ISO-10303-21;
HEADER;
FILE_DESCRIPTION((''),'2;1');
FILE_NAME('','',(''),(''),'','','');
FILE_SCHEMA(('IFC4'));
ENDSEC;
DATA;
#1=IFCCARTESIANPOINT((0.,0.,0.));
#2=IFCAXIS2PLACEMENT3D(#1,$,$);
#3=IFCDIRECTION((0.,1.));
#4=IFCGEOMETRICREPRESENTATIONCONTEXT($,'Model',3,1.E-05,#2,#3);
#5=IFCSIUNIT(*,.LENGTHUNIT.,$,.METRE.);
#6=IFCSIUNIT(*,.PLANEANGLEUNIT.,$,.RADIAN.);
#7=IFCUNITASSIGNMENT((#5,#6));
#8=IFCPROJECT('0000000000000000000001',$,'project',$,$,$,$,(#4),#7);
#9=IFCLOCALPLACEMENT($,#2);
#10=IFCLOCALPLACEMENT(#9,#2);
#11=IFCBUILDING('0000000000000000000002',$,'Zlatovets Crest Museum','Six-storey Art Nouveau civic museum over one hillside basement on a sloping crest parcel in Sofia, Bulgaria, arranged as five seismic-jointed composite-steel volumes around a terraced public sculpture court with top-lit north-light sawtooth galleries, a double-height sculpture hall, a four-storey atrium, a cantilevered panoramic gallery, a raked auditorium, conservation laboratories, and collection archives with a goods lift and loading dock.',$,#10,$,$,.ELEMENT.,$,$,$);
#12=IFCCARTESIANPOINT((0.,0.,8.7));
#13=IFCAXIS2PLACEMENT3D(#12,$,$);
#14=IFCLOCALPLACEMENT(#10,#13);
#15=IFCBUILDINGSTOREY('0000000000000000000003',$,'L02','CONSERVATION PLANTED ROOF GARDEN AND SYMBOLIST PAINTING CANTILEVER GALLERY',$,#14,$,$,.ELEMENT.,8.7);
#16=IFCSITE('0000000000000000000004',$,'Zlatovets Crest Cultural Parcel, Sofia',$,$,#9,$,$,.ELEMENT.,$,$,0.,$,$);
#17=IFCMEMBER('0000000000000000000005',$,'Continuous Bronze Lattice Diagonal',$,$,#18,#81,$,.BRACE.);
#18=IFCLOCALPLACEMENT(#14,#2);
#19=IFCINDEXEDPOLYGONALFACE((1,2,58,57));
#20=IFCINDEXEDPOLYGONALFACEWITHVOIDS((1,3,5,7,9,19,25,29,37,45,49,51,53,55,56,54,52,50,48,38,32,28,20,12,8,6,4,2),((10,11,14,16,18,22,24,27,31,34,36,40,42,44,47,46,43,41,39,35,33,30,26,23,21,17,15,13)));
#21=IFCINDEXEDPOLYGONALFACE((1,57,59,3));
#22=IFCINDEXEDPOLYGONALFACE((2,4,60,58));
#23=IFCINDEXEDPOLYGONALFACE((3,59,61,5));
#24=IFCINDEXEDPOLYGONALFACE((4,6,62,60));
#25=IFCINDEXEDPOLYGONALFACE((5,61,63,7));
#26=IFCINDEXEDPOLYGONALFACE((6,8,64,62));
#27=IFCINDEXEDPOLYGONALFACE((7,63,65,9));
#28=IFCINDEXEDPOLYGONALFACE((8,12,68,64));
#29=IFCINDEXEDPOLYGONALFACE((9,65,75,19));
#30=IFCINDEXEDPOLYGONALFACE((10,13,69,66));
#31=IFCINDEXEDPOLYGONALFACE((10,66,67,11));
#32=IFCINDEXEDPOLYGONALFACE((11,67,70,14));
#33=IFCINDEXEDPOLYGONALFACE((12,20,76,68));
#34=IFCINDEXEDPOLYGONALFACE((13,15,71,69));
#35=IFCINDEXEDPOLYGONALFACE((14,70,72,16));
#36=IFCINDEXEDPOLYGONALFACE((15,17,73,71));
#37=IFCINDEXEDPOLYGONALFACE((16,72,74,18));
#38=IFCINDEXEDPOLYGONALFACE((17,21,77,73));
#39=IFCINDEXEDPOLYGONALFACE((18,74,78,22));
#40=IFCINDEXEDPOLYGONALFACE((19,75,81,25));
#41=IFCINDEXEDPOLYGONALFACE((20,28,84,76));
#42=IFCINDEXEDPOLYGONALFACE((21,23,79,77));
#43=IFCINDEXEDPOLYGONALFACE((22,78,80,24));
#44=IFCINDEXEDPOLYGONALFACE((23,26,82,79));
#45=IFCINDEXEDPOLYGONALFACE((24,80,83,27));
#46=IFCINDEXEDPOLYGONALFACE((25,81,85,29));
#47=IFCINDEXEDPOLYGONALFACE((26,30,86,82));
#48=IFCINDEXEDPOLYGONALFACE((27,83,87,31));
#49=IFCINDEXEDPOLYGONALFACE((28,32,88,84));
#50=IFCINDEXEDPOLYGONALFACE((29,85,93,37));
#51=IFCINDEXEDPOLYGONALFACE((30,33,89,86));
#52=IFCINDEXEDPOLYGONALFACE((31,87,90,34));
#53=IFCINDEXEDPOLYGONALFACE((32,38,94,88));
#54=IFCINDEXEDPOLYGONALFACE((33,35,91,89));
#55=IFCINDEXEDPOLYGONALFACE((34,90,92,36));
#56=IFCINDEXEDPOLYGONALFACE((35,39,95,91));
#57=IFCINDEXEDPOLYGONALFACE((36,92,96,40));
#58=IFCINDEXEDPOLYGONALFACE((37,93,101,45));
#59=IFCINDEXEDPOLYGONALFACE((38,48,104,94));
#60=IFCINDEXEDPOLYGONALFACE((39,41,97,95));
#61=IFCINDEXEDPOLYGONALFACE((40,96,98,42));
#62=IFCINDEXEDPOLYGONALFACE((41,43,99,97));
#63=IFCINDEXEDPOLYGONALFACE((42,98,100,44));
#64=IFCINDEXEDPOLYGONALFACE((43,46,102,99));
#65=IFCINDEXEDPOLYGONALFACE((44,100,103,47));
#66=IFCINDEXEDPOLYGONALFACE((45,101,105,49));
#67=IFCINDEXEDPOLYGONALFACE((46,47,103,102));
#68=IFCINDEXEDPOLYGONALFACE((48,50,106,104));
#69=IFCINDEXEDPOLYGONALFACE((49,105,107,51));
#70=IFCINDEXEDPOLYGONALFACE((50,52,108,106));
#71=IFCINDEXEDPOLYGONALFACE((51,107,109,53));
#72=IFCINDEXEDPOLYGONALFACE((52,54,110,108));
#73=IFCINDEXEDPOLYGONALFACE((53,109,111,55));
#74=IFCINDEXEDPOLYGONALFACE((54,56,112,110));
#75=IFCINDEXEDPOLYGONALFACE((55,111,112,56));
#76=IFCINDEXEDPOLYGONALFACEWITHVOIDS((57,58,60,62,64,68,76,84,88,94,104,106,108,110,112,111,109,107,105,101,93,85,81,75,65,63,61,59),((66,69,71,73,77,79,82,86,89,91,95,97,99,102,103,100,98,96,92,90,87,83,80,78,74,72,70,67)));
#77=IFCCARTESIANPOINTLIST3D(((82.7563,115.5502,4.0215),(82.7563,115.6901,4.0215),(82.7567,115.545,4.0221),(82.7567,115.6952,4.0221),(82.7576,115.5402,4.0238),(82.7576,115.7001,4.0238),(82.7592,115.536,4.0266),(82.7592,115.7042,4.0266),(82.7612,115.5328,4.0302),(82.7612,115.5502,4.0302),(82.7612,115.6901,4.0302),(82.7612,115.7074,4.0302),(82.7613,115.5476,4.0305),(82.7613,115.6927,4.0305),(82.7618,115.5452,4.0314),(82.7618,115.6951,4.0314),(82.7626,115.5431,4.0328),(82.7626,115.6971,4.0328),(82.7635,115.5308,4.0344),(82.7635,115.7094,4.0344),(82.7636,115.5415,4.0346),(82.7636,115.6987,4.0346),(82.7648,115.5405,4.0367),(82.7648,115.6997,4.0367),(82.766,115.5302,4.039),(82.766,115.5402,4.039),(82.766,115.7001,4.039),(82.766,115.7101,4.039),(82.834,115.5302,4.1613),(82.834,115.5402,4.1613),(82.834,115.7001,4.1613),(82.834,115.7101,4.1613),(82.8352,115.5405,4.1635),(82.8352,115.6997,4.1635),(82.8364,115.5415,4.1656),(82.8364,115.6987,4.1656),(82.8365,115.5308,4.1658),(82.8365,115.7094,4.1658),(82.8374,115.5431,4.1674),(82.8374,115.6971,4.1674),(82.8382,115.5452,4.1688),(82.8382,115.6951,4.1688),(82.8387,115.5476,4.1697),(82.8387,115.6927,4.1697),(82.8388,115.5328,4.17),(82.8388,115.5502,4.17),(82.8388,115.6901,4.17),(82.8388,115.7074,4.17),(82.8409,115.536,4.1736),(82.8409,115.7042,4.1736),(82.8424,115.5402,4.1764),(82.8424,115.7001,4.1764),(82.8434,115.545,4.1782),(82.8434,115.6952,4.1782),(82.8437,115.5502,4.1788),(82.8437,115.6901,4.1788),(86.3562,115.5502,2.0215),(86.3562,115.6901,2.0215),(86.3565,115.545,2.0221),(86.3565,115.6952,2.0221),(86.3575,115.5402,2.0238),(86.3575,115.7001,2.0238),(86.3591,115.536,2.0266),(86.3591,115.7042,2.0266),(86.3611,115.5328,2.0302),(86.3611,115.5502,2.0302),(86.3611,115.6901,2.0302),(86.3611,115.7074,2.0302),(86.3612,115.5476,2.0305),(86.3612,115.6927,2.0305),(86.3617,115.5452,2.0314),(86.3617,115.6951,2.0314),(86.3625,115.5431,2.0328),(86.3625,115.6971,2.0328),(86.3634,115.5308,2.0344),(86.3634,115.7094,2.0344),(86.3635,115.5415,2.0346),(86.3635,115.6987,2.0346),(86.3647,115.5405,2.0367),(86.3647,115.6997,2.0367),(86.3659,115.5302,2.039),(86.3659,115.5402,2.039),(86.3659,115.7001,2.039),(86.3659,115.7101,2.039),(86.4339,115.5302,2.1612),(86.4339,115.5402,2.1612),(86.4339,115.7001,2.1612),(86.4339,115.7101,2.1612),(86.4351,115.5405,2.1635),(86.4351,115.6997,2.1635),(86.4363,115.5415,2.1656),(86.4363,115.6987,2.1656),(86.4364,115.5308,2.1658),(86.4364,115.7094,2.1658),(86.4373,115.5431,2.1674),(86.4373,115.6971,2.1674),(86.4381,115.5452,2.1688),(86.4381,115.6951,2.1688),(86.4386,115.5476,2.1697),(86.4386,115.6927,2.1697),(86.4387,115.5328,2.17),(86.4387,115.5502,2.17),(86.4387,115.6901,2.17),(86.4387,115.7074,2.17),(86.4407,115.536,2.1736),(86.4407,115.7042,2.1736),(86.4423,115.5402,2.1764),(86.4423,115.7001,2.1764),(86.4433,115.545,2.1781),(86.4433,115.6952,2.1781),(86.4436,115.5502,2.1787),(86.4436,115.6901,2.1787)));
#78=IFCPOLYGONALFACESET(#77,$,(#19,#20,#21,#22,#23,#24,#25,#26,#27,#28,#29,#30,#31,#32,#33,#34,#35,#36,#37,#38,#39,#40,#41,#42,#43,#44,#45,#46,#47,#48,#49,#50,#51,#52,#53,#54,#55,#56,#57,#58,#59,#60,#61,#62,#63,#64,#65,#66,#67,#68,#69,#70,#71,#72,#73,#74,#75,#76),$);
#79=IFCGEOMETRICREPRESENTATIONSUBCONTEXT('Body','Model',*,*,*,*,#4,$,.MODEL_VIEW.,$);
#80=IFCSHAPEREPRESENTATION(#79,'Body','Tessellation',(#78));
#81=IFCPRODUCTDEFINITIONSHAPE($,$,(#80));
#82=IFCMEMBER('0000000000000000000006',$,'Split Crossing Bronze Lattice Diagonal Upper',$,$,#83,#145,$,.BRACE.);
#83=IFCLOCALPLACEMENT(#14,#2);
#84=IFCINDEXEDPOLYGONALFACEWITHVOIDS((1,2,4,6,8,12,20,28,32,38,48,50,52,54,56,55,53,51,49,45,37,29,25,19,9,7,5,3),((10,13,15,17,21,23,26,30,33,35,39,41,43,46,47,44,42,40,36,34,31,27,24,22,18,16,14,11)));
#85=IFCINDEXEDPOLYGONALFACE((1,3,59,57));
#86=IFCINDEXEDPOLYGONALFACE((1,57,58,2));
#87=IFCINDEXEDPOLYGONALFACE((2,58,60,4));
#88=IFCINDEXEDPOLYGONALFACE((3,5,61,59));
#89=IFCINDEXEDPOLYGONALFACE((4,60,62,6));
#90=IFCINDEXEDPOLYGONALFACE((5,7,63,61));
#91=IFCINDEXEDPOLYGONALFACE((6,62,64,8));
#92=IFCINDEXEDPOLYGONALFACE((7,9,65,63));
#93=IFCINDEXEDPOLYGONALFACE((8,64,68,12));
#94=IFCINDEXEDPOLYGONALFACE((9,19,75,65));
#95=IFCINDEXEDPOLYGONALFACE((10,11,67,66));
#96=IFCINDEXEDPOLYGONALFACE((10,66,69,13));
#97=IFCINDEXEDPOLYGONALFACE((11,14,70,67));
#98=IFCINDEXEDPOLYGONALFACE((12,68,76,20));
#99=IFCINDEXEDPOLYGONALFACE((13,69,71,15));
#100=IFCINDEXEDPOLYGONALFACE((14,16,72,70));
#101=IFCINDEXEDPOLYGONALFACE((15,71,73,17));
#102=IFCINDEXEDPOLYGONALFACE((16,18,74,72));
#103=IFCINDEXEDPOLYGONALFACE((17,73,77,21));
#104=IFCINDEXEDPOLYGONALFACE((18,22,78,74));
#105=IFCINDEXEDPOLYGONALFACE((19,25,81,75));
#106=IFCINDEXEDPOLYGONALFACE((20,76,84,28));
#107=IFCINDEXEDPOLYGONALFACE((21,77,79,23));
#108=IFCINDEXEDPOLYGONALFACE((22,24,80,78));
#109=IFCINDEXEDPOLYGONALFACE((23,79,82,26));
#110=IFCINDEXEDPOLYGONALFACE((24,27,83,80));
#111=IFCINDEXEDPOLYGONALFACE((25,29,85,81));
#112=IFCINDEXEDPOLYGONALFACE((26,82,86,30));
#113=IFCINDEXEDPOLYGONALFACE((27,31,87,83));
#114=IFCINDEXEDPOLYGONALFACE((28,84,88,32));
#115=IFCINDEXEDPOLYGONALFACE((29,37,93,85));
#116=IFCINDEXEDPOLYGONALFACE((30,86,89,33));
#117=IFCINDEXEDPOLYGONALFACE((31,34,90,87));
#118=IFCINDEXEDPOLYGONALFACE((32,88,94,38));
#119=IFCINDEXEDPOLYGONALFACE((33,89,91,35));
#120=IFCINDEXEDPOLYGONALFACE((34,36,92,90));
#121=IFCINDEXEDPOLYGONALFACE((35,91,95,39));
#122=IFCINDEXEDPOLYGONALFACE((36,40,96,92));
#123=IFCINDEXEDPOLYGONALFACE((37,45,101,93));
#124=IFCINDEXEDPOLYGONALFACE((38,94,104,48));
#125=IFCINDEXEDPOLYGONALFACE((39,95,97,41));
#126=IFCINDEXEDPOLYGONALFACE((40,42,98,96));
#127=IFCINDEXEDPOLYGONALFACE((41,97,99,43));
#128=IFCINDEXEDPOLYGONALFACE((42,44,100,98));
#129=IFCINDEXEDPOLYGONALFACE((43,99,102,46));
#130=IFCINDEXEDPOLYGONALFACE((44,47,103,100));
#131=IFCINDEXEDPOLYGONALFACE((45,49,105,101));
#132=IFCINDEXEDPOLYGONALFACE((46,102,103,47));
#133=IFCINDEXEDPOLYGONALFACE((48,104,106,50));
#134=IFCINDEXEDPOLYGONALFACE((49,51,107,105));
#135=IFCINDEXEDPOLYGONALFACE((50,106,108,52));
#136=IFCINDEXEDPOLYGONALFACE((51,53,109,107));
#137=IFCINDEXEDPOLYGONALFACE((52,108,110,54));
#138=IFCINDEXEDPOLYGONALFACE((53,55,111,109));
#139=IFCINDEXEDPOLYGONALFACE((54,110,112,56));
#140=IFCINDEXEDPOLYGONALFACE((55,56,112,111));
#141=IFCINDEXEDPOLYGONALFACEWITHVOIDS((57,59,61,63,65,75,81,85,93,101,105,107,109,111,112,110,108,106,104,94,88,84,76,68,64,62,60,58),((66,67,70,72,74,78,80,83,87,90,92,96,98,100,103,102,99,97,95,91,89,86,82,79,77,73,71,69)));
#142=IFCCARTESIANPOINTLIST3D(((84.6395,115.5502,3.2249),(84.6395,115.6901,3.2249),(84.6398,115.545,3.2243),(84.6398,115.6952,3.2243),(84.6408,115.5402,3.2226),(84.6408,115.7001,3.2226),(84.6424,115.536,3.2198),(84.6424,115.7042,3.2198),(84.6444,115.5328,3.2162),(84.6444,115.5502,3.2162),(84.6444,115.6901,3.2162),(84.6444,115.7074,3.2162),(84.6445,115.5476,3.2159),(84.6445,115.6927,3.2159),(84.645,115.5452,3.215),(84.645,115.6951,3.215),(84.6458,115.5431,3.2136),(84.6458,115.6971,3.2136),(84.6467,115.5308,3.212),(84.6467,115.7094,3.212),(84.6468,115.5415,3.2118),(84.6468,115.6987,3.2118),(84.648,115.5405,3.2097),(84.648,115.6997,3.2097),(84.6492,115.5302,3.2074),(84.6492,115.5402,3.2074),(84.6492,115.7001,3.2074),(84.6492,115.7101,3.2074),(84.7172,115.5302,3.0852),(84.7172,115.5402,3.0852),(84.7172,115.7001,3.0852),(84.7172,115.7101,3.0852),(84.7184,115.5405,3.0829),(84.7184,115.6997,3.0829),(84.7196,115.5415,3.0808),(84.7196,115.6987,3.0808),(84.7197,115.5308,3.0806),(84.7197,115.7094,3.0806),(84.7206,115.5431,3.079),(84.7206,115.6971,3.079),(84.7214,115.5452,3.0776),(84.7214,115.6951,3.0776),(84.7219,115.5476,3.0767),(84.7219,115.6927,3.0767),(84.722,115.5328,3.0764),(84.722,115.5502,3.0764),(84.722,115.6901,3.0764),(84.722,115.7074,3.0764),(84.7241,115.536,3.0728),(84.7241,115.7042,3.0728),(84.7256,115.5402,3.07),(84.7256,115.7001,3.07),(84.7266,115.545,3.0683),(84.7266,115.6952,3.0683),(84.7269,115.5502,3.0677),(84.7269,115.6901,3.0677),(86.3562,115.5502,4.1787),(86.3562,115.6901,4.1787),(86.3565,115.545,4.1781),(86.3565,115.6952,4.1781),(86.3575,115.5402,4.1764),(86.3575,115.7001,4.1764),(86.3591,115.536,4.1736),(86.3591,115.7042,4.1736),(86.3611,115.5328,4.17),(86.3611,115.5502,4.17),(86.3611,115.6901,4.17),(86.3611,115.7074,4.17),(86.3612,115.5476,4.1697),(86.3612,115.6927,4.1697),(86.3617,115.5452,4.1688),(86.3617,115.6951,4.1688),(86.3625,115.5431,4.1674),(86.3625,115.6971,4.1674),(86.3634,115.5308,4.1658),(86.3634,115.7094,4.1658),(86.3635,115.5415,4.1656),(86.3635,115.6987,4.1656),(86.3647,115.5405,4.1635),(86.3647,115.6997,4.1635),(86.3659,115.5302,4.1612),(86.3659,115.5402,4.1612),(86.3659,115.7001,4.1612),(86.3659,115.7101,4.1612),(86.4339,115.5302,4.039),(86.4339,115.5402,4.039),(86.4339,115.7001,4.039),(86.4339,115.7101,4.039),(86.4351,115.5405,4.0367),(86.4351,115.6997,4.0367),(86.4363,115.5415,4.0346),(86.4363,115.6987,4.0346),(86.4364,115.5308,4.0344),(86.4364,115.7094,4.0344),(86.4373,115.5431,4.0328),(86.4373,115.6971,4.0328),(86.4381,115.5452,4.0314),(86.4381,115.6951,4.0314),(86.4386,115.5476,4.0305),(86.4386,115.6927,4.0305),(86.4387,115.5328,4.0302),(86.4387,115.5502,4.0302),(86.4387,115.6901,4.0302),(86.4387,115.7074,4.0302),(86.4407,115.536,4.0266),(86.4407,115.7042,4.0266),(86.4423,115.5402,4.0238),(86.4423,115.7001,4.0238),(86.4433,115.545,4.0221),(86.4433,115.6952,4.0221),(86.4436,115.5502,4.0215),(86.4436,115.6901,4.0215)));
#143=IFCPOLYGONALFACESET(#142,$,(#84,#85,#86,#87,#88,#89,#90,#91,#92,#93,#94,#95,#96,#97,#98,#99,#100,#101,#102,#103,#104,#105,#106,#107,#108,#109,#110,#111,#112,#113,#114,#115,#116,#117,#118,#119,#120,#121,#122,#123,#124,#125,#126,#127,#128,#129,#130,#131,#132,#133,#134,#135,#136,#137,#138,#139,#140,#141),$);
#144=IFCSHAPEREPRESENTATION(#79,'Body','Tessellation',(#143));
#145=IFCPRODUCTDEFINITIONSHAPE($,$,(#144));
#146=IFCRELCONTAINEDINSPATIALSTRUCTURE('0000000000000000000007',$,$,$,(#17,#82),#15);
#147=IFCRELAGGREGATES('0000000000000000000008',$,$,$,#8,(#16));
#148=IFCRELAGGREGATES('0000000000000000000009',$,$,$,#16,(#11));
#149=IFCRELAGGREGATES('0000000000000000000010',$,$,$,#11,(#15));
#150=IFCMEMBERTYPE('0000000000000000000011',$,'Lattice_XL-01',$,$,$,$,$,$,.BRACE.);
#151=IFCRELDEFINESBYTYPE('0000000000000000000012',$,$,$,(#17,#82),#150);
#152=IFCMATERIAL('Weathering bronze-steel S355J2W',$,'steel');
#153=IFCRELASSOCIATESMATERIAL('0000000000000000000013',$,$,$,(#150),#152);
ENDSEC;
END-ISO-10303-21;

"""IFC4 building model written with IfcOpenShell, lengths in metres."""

from ifc_helpers import new_model, si_unit, direction, frame, origin, origin_2d, place, context, subcontext, project, spatial, hollow_rectangle, extrude, material, material_profile, profile_set, type_object, element, save


model = new_model("IFC4")

# Units and contexts
model_context = context("Model", 3, precision=1e-05, world=origin(), true_north=direction((0.0, 1.0)))
body_context = subcontext(model_context, "Body", "Model", "MODEL_VIEW")
ifc_project = project(units=[si_unit("LENGTHUNIT", "METRE"), si_unit("PLANEANGLEUNIT", "RADIAN")], contexts=[model_context])

# Site, building, storey
site_placement = place(None, origin())
site = spatial("IfcSite", under=ifc_project, at=site_placement, Name="Zlatovets Crest Cultural Parcel, Sofia", CompositionType="ELEMENT", RefElevation=0.0)
building_placement = place(site_placement, origin())
building = spatial("IfcBuilding", under=site, at=building_placement, Name="Zlatovets Crest Museum", Description="Six-storey Art Nouveau civic museum over one hillside basement on a sloping crest parcel in Sofia, Bulgaria, arranged as five seismic-jointed composite-steel volumes around a terraced public sculpture court with top-lit north-light sawtooth galleries, a double-height sculpture hall, a four-storey atrium, a cantilevered panoramic gallery, a raked auditorium, conservation laboratories, and collection archives with a goods lift and loading dock.", CompositionType="ELEMENT")
storey_placement = place(building_placement, frame((0.0, 0.0, 8.7)))
storey = spatial("IfcBuildingStorey", under=building, at=storey_placement, Name="L02", Description="CONSERVATION PLANTED ROOF GARDEN AND SYMBOLIST PAINTING CANTILEVER GALLERY", CompositionType="ELEMENT", Elevation=8.7)

# Members
ifc_material_1 = material(Name="Weathering bronze-steel S355J2W", Category="steel")
ifc_material_profile_1 = material_profile(ifc_material_1, hollow_rectangle(XDim=0.1799, YDim=0.1799, WallThickness=0.01, InnerFilletRadius=0.01, OuterFilletRadius=0.02, at=origin_2d()), Name="SHS 180x180x10.0")
ifc_profile_set_1 = profile_set([ifc_material_profile_1], Name="Weathering bronze-steel S355J2W")
member_type_1 = type_object("IfcMemberType", Name="Lattice_XL-01", PredefinedType="BRACE", material=ifc_profile_set_1)
member_1_placement = place(storey_placement, frame((86.3999, 115.6201, 2.1001), z_axis=(-0.874149, 0.0, 0.485658), x_axis=(0.0, -1.0, 0.0)))
element("IfcMember", 1, at=member_1_placement, inside=storey, type_object=member_type_1, Name="Continuous Bronze Lattice Diagonal", PredefinedType="BRACE", context=body_context, shape_type="SweptSolid", body=[
    extrude(hollow_rectangle(XDim=0.1799, YDim=0.1799, WallThickness=0.01, InnerFilletRadius=0.01, OuterFilletRadius=0.02, at=origin_2d()), origin(), (0.0, 0.0, 1.0), 4.1182),
])
member_2_placement = place(storey_placement, frame((86.3999, 115.6201, 4.1001), z_axis=(-0.87414, 0.0, -0.485675), x_axis=(0.0, -1.0, 0.0)))
element("IfcMember", 2, at=member_2_placement, inside=storey, type_object=member_type_1, Name="Split Crossing Bronze Lattice Diagonal Upper", PredefinedType="BRACE", context=body_context, shape_type="SweptSolid", body=[
    extrude(hollow_rectangle(XDim=0.1799, YDim=0.1799, WallThickness=0.01, InnerFilletRadius=0.01, OuterFilletRadius=0.02, at=origin_2d()), origin(), (0.0, 0.0, 1.0), 1.9639),
])

save(model, "model.ifc")
